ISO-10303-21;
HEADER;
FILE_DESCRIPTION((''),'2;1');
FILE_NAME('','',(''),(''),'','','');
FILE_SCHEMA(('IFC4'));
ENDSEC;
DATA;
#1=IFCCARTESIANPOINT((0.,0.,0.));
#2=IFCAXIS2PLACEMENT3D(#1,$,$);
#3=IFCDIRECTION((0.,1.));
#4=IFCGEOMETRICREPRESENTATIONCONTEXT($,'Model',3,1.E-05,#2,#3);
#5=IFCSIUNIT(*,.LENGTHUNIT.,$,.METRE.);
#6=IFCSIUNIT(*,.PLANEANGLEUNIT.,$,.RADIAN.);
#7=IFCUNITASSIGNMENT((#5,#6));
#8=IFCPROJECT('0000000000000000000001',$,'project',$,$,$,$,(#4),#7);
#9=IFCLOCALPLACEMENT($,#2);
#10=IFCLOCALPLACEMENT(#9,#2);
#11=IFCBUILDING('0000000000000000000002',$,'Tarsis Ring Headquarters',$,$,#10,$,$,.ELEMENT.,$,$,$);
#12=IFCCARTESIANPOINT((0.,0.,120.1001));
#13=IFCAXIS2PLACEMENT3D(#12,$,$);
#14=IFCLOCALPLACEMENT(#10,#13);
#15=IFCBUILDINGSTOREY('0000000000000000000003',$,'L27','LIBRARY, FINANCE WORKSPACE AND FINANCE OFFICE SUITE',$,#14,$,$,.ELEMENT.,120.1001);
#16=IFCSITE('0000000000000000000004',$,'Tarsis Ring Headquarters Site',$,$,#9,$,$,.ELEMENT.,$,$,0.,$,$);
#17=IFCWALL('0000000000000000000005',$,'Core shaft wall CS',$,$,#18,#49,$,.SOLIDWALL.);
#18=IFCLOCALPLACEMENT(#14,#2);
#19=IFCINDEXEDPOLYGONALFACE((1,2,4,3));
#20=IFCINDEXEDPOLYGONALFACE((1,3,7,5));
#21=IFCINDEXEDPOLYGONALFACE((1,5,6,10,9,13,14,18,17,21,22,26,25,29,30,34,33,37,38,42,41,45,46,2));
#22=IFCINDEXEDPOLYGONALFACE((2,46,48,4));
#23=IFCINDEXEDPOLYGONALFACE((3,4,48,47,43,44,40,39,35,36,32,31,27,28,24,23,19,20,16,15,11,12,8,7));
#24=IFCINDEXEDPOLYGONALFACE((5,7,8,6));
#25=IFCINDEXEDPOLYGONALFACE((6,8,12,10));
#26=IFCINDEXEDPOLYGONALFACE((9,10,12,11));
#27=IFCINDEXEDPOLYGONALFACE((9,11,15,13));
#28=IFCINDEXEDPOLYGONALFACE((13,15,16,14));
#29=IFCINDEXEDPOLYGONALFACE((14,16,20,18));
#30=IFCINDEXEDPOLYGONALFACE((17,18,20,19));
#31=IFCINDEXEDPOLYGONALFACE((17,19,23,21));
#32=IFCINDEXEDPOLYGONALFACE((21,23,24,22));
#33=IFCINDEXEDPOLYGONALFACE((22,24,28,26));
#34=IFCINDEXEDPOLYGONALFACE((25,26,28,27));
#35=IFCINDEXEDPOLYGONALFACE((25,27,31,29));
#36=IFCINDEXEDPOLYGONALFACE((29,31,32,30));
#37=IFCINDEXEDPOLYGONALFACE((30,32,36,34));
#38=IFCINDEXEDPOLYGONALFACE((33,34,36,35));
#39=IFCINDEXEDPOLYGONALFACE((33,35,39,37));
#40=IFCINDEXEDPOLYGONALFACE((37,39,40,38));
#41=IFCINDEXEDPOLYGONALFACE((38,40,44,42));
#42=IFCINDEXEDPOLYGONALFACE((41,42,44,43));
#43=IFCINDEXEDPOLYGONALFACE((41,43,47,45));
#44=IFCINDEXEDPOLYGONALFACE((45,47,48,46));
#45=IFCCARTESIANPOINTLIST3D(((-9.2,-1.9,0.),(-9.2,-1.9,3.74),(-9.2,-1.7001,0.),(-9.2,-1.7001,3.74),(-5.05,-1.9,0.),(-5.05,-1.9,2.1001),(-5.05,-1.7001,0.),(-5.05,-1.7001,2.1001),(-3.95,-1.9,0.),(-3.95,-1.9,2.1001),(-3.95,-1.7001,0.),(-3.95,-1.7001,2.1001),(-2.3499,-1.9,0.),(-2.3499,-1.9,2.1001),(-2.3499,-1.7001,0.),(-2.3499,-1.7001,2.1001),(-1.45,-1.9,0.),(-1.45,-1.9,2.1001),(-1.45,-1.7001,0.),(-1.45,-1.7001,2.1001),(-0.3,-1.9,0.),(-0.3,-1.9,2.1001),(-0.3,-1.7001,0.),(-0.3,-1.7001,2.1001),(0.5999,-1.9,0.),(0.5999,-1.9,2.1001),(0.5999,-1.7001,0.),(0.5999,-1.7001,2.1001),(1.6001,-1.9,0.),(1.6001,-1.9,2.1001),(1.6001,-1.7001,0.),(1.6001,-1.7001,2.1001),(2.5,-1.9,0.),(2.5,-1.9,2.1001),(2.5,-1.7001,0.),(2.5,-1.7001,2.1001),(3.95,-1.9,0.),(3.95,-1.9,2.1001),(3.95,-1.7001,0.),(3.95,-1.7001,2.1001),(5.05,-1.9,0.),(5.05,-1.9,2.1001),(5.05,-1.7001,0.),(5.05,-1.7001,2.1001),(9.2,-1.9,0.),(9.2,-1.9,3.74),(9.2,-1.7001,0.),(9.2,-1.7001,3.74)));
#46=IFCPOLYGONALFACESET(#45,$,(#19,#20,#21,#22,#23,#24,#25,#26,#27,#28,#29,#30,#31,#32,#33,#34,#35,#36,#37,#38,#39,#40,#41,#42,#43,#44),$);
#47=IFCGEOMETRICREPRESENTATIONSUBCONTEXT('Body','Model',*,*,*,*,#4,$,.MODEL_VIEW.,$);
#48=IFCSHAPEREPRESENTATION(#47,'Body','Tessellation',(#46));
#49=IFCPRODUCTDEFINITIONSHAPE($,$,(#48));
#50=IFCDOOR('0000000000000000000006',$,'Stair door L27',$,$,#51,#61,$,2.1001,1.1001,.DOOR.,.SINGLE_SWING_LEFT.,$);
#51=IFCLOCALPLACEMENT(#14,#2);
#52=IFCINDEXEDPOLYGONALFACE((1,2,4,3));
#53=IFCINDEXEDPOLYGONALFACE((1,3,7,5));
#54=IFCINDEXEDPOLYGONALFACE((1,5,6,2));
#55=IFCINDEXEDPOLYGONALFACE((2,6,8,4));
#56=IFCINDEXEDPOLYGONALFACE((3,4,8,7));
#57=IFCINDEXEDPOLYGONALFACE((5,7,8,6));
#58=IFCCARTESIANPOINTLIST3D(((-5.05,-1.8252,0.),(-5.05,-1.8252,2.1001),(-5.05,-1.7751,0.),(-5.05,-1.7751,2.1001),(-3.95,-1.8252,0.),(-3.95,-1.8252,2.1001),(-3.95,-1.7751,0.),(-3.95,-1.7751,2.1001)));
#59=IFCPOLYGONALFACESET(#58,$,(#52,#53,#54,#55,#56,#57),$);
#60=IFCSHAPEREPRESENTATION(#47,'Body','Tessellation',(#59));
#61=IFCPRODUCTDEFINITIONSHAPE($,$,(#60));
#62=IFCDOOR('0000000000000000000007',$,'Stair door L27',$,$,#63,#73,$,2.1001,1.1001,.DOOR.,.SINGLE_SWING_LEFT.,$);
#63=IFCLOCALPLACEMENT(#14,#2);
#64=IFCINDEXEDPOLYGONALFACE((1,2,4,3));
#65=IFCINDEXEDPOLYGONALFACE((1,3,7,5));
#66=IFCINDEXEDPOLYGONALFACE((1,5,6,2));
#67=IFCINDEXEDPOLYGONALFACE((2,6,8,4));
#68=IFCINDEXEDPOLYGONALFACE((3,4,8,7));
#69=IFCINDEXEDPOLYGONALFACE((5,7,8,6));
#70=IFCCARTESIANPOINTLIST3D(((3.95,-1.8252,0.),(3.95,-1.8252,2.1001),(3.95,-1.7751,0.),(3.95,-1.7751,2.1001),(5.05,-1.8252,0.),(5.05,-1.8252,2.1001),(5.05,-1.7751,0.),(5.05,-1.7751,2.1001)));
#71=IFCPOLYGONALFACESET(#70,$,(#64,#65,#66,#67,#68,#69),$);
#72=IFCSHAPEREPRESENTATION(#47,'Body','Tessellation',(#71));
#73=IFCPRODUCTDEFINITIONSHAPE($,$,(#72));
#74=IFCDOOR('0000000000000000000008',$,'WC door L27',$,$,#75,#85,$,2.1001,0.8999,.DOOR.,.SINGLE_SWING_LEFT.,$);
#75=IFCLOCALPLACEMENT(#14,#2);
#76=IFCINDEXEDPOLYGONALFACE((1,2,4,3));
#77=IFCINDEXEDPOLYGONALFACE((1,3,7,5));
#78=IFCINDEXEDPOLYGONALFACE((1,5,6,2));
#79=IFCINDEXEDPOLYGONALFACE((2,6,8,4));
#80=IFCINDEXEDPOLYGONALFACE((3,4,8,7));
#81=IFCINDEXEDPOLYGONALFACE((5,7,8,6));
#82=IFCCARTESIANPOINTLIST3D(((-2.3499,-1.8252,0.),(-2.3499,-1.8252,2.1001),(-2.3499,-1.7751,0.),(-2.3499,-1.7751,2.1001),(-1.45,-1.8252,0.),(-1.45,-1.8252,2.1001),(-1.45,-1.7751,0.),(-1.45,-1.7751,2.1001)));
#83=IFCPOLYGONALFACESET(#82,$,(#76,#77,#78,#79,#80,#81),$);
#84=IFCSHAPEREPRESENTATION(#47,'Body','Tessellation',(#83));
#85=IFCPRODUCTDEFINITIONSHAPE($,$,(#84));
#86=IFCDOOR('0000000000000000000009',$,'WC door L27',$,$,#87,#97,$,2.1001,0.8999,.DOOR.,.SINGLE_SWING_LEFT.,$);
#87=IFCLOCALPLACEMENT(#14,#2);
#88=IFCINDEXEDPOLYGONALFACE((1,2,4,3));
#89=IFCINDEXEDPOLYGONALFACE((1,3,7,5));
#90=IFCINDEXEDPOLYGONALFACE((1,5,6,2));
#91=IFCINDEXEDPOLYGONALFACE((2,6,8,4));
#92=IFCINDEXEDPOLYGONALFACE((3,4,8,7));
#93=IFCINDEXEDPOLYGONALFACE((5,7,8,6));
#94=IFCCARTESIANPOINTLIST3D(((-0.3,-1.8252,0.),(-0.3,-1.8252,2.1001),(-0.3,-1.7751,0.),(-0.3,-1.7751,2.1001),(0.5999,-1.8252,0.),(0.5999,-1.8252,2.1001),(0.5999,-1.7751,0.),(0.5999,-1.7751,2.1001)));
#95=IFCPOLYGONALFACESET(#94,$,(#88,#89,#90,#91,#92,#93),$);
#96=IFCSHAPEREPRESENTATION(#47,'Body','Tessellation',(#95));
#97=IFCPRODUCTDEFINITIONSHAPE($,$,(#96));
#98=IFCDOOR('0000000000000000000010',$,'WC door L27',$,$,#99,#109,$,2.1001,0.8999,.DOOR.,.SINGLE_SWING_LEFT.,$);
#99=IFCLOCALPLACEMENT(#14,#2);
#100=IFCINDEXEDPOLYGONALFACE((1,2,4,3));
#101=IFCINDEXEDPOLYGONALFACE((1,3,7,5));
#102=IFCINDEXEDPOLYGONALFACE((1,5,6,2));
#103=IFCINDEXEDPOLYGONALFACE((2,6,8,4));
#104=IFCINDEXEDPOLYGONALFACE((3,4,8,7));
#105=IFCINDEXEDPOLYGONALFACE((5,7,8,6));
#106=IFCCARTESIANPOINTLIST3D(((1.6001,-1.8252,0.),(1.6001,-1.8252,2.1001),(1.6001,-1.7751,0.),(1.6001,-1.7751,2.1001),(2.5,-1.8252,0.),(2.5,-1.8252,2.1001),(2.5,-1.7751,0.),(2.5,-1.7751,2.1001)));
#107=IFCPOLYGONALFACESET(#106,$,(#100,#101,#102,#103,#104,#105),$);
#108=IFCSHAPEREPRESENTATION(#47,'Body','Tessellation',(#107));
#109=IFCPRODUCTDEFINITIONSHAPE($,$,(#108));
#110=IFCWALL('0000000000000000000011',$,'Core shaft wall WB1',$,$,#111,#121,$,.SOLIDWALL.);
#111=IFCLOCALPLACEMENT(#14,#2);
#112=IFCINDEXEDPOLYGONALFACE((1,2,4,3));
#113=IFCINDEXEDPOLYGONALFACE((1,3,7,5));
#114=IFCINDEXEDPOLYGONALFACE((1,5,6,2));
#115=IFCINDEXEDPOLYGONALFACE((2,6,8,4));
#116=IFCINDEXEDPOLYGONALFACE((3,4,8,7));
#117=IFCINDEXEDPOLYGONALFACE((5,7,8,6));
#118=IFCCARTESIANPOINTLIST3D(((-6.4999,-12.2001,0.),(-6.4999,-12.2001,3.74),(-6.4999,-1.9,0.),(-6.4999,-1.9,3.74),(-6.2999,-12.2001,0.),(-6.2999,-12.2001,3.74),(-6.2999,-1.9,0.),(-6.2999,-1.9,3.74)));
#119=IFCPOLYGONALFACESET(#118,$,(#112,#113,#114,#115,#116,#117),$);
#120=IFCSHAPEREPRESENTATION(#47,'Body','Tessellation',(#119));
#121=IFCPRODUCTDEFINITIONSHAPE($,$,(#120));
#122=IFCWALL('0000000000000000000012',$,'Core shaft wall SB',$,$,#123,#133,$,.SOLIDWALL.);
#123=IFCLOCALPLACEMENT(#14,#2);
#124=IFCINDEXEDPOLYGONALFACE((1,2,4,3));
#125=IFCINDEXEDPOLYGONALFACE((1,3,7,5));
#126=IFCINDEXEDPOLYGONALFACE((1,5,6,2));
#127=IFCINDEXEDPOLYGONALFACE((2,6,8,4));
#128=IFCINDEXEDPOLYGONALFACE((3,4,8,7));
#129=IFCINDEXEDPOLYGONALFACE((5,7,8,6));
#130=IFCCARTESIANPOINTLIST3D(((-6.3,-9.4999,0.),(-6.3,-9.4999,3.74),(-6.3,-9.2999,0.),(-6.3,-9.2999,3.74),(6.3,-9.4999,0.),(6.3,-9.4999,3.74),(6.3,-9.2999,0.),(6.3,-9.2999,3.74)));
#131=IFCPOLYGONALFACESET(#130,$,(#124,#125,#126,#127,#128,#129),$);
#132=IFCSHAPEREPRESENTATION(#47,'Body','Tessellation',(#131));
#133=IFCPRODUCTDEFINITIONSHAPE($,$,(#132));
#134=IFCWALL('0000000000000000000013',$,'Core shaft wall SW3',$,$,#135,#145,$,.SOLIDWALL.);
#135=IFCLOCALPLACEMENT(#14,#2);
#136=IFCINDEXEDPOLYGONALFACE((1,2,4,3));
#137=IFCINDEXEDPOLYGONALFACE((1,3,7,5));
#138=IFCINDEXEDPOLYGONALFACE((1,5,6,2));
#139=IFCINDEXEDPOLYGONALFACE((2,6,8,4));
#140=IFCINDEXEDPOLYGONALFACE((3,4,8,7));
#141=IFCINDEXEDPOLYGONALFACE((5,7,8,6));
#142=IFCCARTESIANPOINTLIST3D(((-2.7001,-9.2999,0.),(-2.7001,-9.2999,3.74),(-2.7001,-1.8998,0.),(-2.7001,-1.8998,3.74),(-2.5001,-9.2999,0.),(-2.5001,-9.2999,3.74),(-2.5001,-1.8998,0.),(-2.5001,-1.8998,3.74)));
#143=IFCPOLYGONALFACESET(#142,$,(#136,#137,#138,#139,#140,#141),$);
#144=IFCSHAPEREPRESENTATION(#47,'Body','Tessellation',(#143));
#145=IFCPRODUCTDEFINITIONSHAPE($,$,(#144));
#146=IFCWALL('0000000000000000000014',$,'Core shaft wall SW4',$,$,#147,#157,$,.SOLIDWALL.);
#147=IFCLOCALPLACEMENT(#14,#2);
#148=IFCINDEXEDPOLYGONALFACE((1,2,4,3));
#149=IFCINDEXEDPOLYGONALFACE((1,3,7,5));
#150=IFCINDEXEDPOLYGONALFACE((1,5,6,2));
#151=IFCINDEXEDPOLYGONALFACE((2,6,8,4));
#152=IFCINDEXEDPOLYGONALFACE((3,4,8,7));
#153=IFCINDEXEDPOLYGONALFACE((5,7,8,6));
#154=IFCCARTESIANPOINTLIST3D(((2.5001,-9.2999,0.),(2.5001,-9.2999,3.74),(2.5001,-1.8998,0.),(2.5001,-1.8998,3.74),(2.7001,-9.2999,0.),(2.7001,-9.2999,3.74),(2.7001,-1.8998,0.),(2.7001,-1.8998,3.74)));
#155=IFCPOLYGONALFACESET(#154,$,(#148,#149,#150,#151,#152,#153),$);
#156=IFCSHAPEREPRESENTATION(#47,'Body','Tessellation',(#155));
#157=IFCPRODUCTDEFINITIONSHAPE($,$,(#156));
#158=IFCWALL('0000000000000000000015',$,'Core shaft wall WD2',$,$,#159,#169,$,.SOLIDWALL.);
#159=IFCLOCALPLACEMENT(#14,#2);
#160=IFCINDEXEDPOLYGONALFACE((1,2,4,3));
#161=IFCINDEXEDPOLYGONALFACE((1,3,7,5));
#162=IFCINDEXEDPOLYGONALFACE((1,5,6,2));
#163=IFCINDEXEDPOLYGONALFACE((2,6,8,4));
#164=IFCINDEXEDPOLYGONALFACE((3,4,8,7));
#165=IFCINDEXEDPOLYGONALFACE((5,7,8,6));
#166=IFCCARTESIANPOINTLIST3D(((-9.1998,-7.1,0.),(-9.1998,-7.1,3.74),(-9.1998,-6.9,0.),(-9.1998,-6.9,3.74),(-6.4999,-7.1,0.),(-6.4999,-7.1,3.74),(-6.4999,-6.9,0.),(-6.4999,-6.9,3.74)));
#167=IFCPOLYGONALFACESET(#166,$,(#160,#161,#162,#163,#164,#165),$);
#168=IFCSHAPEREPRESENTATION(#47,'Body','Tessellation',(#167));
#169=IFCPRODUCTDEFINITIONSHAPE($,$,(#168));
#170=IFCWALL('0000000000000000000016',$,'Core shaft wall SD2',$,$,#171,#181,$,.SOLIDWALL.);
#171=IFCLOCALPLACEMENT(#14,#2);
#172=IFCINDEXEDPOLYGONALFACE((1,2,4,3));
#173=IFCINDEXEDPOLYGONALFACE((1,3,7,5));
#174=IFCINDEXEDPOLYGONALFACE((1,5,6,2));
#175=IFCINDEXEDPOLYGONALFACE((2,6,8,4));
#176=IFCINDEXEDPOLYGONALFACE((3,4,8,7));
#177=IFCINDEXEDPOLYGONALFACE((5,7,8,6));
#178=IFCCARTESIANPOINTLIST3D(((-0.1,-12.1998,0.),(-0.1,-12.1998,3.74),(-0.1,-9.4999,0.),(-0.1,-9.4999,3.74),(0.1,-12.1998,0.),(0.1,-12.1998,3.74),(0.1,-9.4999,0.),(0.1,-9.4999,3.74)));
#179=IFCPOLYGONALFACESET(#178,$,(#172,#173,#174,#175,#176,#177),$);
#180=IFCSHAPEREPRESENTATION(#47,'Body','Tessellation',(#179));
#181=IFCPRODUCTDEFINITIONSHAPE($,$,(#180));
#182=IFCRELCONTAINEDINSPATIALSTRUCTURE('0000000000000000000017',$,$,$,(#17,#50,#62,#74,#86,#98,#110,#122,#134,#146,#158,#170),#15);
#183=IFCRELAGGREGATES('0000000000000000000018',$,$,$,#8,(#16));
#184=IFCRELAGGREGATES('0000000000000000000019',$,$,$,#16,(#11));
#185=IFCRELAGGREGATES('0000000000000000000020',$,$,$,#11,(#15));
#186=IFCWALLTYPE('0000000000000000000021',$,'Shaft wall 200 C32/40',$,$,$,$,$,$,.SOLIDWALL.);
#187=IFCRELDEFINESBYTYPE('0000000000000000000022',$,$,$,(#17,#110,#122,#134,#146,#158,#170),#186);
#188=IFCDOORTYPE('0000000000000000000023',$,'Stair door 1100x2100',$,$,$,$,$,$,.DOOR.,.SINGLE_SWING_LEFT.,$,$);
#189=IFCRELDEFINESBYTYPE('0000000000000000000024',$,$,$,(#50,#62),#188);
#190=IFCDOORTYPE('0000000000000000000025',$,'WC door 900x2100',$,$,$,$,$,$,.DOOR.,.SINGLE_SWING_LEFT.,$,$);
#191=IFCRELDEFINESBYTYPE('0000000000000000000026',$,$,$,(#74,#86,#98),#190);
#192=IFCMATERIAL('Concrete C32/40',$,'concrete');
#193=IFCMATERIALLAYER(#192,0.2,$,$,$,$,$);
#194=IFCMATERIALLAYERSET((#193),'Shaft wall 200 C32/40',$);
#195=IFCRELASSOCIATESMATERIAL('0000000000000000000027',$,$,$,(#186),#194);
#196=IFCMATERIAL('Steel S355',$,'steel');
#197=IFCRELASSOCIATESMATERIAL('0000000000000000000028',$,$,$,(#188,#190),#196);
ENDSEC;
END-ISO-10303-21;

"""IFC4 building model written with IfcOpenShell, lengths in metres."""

from ifc_helpers import new_model, si_unit, direction, frame, frame_2d, origin, place, context, subcontext, project, spatial, rectangle, extrude, material, layer, layer_set, type_object, element, fill, save


model = new_model("IFC4")

# Units and contexts
model_context = context("Model", 3, precision=1e-05, world=origin(), true_north=direction((0.0, 1.0)))
body_context = subcontext(model_context, "Body", "Model", "MODEL_VIEW")
ifc_project = project(units=[si_unit("LENGTHUNIT", "METRE"), si_unit("PLANEANGLEUNIT", "RADIAN")], contexts=[model_context])

# Site, building, storey
site_placement = place(None, origin())
site = spatial("IfcSite", under=ifc_project, at=site_placement, Name="Tarsis Ring Headquarters Site", CompositionType="ELEMENT", RefElevation=0.0)
building_placement = place(site_placement, origin())
building = spatial("IfcBuilding", under=site, at=building_placement, Name="Tarsis Ring Headquarters", CompositionType="ELEMENT")
storey_placement = place(building_placement, frame((0.0, 0.0, 120.1001)))
storey = spatial("IfcBuildingStorey", under=building, at=storey_placement, Name="L27", Description="LIBRARY, FINANCE WORKSPACE AND FINANCE OFFICE SUITE", CompositionType="ELEMENT", Elevation=120.1001)

# Shared definitions
ifc_material_1 = material(Name="Concrete C32/40", Category="concrete")

# Wall, openings, doors
ifc_layer_1 = layer(ifc_material_1, 0.2)
ifc_layer_set_1 = layer_set([ifc_layer_1], Name="Shaft wall 200 C32/40")
wall_type_1 = type_object("IfcWallType", Name="Shaft wall 200 C32/40", PredefinedType="SOLIDWALL", material=ifc_layer_set_1)
wall_1_placement = place(storey_placement, frame((-9.2, -1.8, 0.0), z_axis=(0.0, 0.0, 1.0), x_axis=(1.0, 0.0, 0.0)))
wall_1 = element("IfcWall", 1, at=wall_1_placement, inside=storey, type_object=wall_type_1, Name="Core shaft wall CS", PredefinedType="SOLIDWALL", context=body_context, shape_type="SweptSolid", body=[
    extrude(rectangle(XDim=18.3999, YDim=0.2, at=frame_2d((9.2, 0.0))), origin(), (0.0, 0.0, 1.0), 3.74),
])
opening_1_placement = place(wall_1_placement, frame((4.1499, 0.0, 0.0)))
opening_1 = element("IfcOpeningElement", 2, at=opening_1_placement, cuts=wall_1, PredefinedType="OPENING", context=body_context, shape_type="SweptSolid", body=[
    extrude(rectangle(XDim=1.1001, YDim=2.1001, at=frame_2d((0.55, 1.05))), frame((0.0, 0.1099, 0.0), z_axis=(0.0, -1.0, 0.0), x_axis=(1.0, 0.0, 0.0)), (0.0, 0.0, 1.0), 0.22),
])
opening_2_placement = place(wall_1_placement, frame((6.8501, 0.0, 0.0)))
opening_2 = element("IfcOpeningElement", 3, at=opening_2_placement, cuts=wall_1, PredefinedType="OPENING", context=body_context, shape_type="SweptSolid", body=[
    extrude(rectangle(XDim=0.8999, YDim=2.1001, at=frame_2d((0.45, 1.05))), frame((0.0, 0.1099, 0.0), z_axis=(0.0, -1.0, 0.0), x_axis=(1.0, 0.0, 0.0)), (0.0, 0.0, 1.0), 0.22),
])
opening_3_placement = place(wall_1_placement, frame((8.8999, 0.0, 0.0)))
opening_3 = element("IfcOpeningElement", 4, at=opening_3_placement, cuts=wall_1, PredefinedType="OPENING", context=body_context, shape_type="SweptSolid", body=[
    extrude(rectangle(XDim=0.8999, YDim=2.1001, at=frame_2d((0.45, 1.05))), frame((0.0, 0.1099, 0.0), z_axis=(0.0, -1.0, 0.0), x_axis=(1.0, 0.0, 0.0)), (0.0, 0.0, 1.0), 0.22),
])
opening_4_placement = place(wall_1_placement, frame((10.8, 0.0, 0.0)))
opening_4 = element("IfcOpeningElement", 5, at=opening_4_placement, cuts=wall_1, PredefinedType="OPENING", context=body_context, shape_type="SweptSolid", body=[
    extrude(rectangle(XDim=0.8999, YDim=2.1001, at=frame_2d((0.45, 1.05))), frame((0.0, 0.1099, 0.0), z_axis=(0.0, -1.0, 0.0), x_axis=(1.0, 0.0, 0.0)), (0.0, 0.0, 1.0), 0.22),
])
opening_5_placement = place(wall_1_placement, frame((13.1499, 0.0, 0.0)))
opening_5 = element("IfcOpeningElement", 6, at=opening_5_placement, cuts=wall_1, PredefinedType="OPENING", context=body_context, shape_type="SweptSolid", body=[
    extrude(rectangle(XDim=1.1001, YDim=2.1001, at=frame_2d((0.55, 1.05))), frame((0.0, 0.1099, 0.0), z_axis=(0.0, -1.0, 0.0), x_axis=(1.0, 0.0, 0.0)), (0.0, 0.0, 1.0), 0.22),
])
ifc_material_2 = material(Name="Steel S355", Category="steel")
door_type_1 = type_object("IfcDoorType", Name="Stair door 1100x2100", OperationType="SINGLE_SWING_LEFT", PredefinedType="DOOR", material=ifc_material_2)
door_1_placement = place(opening_1_placement, origin())
door_1 = element("IfcDoor", 7, at=door_1_placement, inside=storey, type_object=door_type_1, Name="Stair door L27", OperationType="SINGLE_SWING_LEFT", OverallHeight=2.1001, OverallWidth=1.1001, PredefinedType="DOOR", context=body_context, shape_type="SweptSolid", body=[
    extrude(rectangle(XDim=1.1001, YDim=2.1001, at=frame_2d((0.55, 1.05))), frame((0.0, 0.0249, 0.0), z_axis=(0.0, -1.0, 0.0), x_axis=(1.0, 0.0, 0.0)), (0.0, 0.0, 1.0), 0.05),
])
fill(opening_1, door_1)
door_2_placement = place(opening_5_placement, origin())
door_2 = element("IfcDoor", 8, at=door_2_placement, inside=storey, type_object=door_type_1, Name="Stair door L27", OperationType="SINGLE_SWING_LEFT", OverallHeight=2.1001, OverallWidth=1.1001, PredefinedType="DOOR", context=body_context, shape_type="SweptSolid", body=[
    extrude(rectangle(XDim=1.1001, YDim=2.1001, at=frame_2d((0.55, 1.05))), frame((0.0, 0.0249, 0.0), z_axis=(0.0, -1.0, 0.0), x_axis=(1.0, 0.0, 0.0)), (0.0, 0.0, 1.0), 0.05),
])
fill(opening_5, door_2)
door_type_2 = type_object("IfcDoorType", Name="WC door 900x2100", OperationType="SINGLE_SWING_LEFT", PredefinedType="DOOR", material=ifc_material_2)
door_3_placement = place(opening_2_placement, origin())
door_3 = element("IfcDoor", 9, at=door_3_placement, inside=storey, type_object=door_type_2, Name="WC door L27", OperationType="SINGLE_SWING_LEFT", OverallHeight=2.1001, OverallWidth=0.8999, PredefinedType="DOOR", context=body_context, shape_type="SweptSolid", body=[
    extrude(rectangle(XDim=0.8999, YDim=2.1001, at=frame_2d((0.45, 1.05))), frame((0.0, 0.0249, 0.0), z_axis=(0.0, -1.0, 0.0), x_axis=(1.0, 0.0, 0.0)), (0.0, 0.0, 1.0), 0.05),
])
fill(opening_2, door_3)
door_4_placement = place(opening_3_placement, origin())
door_4 = element("IfcDoor", 10, at=door_4_placement, inside=storey, type_object=door_type_2, Name="WC door L27", OperationType="SINGLE_SWING_LEFT", OverallHeight=2.1001, OverallWidth=0.8999, PredefinedType="DOOR", context=body_context, shape_type="SweptSolid", body=[
    extrude(rectangle(XDim=0.8999, YDim=2.1001, at=frame_2d((0.45, 1.05))), frame((0.0, 0.0249, 0.0), z_axis=(0.0, -1.0, 0.0), x_axis=(1.0, 0.0, 0.0)), (0.0, 0.0, 1.0), 0.05),
])
fill(opening_3, door_4)
door_5_placement = place(opening_4_placement, origin())
door_5 = element("IfcDoor", 11, at=door_5_placement, inside=storey, type_object=door_type_2, Name="WC door L27", OperationType="SINGLE_SWING_LEFT", OverallHeight=2.1001, OverallWidth=0.8999, PredefinedType="DOOR", context=body_context, shape_type="SweptSolid", body=[
    extrude(rectangle(XDim=0.8999, YDim=2.1001, at=frame_2d((0.45, 1.05))), frame((0.0, 0.0249, 0.0), z_axis=(0.0, -1.0, 0.0), x_axis=(1.0, 0.0, 0.0)), (0.0, 0.0, 1.0), 0.05),
])
fill(opening_4, door_5)

# Walls
wall_2_placement = place(storey_placement, frame((-6.3999, -12.2, 0.0), z_axis=(0.0, 0.0, 1.0), x_axis=(0.0, 1.0, 0.0)))
element("IfcWall", 12, at=wall_2_placement, inside=storey, type_object=wall_type_1, Name="Core shaft wall WB1", PredefinedType="SOLIDWALL", context=body_context, shape_type="SweptSolid", body=[
    extrude(rectangle(XDim=10.3, YDim=0.2, at=frame_2d((5.1499, 0.0))), origin(), (0.0, 0.0, 1.0), 3.74),
])
wall_3_placement = place(storey_placement, frame((-6.3, -9.3999, 0.0), z_axis=(0.0, 0.0, 1.0), x_axis=(1.0, 0.0, 0.0)))
element("IfcWall", 13, at=wall_3_placement, inside=storey, type_object=wall_type_1, Name="Core shaft wall SB", PredefinedType="SOLIDWALL", context=body_context, shape_type="SweptSolid", body=[
    extrude(rectangle(XDim=12.6001, YDim=0.2, at=frame_2d((6.3, 0.0))), origin(), (0.0, 0.0, 1.0), 3.74),
])
for number, where, z_axis, x_axis, name in (
    (14, (-2.6001, -9.3, 0.0), (0.0, 0.0, 1.0), (0.0, 1.0, 0.0), "Core shaft wall SW3"),
    (15, (2.6001, -9.3, 0.0), (0.0, 0.0, 1.0), (0.0, 1.0, 0.0), "Core shaft wall SW4"),
):
    element("IfcWall", number, at=place(storey_placement, frame(where, z_axis=z_axis, x_axis=x_axis)), inside=storey, type_object=wall_type_1, Name=name, PredefinedType="SOLIDWALL", context=body_context, shape_type="SweptSolid", body=[
        extrude(rectangle(XDim=7.4001, YDim=0.2, at=frame_2d((3.7002, 0.0))), origin(), (0.0, 0.0, 1.0), 3.74),
    ])
for number, where, z_axis, x_axis, name in (
    (16, (-9.2, -7.0, 0.0), (0.0, 0.0, 1.0), (1.0, 0.0, 0.0), "Core shaft wall WD2"),
    (17, (0.0, -12.2, 0.0), (0.0, 0.0, 1.0), (0.0, 1.0, 0.0), "Core shaft wall SD2"),
):
    element("IfcWall", number, at=place(storey_placement, frame(where, z_axis=z_axis, x_axis=x_axis)), inside=storey, type_object=wall_type_1, Name=name, PredefinedType="SOLIDWALL", context=body_context, shape_type="SweptSolid", body=[
        extrude(rectangle(XDim=2.7, YDim=0.2, at=frame_2d((1.3501, 0.0))), origin(), (0.0, 0.0, 1.0), 3.74),
    ])

save(model, "model.ifc")
